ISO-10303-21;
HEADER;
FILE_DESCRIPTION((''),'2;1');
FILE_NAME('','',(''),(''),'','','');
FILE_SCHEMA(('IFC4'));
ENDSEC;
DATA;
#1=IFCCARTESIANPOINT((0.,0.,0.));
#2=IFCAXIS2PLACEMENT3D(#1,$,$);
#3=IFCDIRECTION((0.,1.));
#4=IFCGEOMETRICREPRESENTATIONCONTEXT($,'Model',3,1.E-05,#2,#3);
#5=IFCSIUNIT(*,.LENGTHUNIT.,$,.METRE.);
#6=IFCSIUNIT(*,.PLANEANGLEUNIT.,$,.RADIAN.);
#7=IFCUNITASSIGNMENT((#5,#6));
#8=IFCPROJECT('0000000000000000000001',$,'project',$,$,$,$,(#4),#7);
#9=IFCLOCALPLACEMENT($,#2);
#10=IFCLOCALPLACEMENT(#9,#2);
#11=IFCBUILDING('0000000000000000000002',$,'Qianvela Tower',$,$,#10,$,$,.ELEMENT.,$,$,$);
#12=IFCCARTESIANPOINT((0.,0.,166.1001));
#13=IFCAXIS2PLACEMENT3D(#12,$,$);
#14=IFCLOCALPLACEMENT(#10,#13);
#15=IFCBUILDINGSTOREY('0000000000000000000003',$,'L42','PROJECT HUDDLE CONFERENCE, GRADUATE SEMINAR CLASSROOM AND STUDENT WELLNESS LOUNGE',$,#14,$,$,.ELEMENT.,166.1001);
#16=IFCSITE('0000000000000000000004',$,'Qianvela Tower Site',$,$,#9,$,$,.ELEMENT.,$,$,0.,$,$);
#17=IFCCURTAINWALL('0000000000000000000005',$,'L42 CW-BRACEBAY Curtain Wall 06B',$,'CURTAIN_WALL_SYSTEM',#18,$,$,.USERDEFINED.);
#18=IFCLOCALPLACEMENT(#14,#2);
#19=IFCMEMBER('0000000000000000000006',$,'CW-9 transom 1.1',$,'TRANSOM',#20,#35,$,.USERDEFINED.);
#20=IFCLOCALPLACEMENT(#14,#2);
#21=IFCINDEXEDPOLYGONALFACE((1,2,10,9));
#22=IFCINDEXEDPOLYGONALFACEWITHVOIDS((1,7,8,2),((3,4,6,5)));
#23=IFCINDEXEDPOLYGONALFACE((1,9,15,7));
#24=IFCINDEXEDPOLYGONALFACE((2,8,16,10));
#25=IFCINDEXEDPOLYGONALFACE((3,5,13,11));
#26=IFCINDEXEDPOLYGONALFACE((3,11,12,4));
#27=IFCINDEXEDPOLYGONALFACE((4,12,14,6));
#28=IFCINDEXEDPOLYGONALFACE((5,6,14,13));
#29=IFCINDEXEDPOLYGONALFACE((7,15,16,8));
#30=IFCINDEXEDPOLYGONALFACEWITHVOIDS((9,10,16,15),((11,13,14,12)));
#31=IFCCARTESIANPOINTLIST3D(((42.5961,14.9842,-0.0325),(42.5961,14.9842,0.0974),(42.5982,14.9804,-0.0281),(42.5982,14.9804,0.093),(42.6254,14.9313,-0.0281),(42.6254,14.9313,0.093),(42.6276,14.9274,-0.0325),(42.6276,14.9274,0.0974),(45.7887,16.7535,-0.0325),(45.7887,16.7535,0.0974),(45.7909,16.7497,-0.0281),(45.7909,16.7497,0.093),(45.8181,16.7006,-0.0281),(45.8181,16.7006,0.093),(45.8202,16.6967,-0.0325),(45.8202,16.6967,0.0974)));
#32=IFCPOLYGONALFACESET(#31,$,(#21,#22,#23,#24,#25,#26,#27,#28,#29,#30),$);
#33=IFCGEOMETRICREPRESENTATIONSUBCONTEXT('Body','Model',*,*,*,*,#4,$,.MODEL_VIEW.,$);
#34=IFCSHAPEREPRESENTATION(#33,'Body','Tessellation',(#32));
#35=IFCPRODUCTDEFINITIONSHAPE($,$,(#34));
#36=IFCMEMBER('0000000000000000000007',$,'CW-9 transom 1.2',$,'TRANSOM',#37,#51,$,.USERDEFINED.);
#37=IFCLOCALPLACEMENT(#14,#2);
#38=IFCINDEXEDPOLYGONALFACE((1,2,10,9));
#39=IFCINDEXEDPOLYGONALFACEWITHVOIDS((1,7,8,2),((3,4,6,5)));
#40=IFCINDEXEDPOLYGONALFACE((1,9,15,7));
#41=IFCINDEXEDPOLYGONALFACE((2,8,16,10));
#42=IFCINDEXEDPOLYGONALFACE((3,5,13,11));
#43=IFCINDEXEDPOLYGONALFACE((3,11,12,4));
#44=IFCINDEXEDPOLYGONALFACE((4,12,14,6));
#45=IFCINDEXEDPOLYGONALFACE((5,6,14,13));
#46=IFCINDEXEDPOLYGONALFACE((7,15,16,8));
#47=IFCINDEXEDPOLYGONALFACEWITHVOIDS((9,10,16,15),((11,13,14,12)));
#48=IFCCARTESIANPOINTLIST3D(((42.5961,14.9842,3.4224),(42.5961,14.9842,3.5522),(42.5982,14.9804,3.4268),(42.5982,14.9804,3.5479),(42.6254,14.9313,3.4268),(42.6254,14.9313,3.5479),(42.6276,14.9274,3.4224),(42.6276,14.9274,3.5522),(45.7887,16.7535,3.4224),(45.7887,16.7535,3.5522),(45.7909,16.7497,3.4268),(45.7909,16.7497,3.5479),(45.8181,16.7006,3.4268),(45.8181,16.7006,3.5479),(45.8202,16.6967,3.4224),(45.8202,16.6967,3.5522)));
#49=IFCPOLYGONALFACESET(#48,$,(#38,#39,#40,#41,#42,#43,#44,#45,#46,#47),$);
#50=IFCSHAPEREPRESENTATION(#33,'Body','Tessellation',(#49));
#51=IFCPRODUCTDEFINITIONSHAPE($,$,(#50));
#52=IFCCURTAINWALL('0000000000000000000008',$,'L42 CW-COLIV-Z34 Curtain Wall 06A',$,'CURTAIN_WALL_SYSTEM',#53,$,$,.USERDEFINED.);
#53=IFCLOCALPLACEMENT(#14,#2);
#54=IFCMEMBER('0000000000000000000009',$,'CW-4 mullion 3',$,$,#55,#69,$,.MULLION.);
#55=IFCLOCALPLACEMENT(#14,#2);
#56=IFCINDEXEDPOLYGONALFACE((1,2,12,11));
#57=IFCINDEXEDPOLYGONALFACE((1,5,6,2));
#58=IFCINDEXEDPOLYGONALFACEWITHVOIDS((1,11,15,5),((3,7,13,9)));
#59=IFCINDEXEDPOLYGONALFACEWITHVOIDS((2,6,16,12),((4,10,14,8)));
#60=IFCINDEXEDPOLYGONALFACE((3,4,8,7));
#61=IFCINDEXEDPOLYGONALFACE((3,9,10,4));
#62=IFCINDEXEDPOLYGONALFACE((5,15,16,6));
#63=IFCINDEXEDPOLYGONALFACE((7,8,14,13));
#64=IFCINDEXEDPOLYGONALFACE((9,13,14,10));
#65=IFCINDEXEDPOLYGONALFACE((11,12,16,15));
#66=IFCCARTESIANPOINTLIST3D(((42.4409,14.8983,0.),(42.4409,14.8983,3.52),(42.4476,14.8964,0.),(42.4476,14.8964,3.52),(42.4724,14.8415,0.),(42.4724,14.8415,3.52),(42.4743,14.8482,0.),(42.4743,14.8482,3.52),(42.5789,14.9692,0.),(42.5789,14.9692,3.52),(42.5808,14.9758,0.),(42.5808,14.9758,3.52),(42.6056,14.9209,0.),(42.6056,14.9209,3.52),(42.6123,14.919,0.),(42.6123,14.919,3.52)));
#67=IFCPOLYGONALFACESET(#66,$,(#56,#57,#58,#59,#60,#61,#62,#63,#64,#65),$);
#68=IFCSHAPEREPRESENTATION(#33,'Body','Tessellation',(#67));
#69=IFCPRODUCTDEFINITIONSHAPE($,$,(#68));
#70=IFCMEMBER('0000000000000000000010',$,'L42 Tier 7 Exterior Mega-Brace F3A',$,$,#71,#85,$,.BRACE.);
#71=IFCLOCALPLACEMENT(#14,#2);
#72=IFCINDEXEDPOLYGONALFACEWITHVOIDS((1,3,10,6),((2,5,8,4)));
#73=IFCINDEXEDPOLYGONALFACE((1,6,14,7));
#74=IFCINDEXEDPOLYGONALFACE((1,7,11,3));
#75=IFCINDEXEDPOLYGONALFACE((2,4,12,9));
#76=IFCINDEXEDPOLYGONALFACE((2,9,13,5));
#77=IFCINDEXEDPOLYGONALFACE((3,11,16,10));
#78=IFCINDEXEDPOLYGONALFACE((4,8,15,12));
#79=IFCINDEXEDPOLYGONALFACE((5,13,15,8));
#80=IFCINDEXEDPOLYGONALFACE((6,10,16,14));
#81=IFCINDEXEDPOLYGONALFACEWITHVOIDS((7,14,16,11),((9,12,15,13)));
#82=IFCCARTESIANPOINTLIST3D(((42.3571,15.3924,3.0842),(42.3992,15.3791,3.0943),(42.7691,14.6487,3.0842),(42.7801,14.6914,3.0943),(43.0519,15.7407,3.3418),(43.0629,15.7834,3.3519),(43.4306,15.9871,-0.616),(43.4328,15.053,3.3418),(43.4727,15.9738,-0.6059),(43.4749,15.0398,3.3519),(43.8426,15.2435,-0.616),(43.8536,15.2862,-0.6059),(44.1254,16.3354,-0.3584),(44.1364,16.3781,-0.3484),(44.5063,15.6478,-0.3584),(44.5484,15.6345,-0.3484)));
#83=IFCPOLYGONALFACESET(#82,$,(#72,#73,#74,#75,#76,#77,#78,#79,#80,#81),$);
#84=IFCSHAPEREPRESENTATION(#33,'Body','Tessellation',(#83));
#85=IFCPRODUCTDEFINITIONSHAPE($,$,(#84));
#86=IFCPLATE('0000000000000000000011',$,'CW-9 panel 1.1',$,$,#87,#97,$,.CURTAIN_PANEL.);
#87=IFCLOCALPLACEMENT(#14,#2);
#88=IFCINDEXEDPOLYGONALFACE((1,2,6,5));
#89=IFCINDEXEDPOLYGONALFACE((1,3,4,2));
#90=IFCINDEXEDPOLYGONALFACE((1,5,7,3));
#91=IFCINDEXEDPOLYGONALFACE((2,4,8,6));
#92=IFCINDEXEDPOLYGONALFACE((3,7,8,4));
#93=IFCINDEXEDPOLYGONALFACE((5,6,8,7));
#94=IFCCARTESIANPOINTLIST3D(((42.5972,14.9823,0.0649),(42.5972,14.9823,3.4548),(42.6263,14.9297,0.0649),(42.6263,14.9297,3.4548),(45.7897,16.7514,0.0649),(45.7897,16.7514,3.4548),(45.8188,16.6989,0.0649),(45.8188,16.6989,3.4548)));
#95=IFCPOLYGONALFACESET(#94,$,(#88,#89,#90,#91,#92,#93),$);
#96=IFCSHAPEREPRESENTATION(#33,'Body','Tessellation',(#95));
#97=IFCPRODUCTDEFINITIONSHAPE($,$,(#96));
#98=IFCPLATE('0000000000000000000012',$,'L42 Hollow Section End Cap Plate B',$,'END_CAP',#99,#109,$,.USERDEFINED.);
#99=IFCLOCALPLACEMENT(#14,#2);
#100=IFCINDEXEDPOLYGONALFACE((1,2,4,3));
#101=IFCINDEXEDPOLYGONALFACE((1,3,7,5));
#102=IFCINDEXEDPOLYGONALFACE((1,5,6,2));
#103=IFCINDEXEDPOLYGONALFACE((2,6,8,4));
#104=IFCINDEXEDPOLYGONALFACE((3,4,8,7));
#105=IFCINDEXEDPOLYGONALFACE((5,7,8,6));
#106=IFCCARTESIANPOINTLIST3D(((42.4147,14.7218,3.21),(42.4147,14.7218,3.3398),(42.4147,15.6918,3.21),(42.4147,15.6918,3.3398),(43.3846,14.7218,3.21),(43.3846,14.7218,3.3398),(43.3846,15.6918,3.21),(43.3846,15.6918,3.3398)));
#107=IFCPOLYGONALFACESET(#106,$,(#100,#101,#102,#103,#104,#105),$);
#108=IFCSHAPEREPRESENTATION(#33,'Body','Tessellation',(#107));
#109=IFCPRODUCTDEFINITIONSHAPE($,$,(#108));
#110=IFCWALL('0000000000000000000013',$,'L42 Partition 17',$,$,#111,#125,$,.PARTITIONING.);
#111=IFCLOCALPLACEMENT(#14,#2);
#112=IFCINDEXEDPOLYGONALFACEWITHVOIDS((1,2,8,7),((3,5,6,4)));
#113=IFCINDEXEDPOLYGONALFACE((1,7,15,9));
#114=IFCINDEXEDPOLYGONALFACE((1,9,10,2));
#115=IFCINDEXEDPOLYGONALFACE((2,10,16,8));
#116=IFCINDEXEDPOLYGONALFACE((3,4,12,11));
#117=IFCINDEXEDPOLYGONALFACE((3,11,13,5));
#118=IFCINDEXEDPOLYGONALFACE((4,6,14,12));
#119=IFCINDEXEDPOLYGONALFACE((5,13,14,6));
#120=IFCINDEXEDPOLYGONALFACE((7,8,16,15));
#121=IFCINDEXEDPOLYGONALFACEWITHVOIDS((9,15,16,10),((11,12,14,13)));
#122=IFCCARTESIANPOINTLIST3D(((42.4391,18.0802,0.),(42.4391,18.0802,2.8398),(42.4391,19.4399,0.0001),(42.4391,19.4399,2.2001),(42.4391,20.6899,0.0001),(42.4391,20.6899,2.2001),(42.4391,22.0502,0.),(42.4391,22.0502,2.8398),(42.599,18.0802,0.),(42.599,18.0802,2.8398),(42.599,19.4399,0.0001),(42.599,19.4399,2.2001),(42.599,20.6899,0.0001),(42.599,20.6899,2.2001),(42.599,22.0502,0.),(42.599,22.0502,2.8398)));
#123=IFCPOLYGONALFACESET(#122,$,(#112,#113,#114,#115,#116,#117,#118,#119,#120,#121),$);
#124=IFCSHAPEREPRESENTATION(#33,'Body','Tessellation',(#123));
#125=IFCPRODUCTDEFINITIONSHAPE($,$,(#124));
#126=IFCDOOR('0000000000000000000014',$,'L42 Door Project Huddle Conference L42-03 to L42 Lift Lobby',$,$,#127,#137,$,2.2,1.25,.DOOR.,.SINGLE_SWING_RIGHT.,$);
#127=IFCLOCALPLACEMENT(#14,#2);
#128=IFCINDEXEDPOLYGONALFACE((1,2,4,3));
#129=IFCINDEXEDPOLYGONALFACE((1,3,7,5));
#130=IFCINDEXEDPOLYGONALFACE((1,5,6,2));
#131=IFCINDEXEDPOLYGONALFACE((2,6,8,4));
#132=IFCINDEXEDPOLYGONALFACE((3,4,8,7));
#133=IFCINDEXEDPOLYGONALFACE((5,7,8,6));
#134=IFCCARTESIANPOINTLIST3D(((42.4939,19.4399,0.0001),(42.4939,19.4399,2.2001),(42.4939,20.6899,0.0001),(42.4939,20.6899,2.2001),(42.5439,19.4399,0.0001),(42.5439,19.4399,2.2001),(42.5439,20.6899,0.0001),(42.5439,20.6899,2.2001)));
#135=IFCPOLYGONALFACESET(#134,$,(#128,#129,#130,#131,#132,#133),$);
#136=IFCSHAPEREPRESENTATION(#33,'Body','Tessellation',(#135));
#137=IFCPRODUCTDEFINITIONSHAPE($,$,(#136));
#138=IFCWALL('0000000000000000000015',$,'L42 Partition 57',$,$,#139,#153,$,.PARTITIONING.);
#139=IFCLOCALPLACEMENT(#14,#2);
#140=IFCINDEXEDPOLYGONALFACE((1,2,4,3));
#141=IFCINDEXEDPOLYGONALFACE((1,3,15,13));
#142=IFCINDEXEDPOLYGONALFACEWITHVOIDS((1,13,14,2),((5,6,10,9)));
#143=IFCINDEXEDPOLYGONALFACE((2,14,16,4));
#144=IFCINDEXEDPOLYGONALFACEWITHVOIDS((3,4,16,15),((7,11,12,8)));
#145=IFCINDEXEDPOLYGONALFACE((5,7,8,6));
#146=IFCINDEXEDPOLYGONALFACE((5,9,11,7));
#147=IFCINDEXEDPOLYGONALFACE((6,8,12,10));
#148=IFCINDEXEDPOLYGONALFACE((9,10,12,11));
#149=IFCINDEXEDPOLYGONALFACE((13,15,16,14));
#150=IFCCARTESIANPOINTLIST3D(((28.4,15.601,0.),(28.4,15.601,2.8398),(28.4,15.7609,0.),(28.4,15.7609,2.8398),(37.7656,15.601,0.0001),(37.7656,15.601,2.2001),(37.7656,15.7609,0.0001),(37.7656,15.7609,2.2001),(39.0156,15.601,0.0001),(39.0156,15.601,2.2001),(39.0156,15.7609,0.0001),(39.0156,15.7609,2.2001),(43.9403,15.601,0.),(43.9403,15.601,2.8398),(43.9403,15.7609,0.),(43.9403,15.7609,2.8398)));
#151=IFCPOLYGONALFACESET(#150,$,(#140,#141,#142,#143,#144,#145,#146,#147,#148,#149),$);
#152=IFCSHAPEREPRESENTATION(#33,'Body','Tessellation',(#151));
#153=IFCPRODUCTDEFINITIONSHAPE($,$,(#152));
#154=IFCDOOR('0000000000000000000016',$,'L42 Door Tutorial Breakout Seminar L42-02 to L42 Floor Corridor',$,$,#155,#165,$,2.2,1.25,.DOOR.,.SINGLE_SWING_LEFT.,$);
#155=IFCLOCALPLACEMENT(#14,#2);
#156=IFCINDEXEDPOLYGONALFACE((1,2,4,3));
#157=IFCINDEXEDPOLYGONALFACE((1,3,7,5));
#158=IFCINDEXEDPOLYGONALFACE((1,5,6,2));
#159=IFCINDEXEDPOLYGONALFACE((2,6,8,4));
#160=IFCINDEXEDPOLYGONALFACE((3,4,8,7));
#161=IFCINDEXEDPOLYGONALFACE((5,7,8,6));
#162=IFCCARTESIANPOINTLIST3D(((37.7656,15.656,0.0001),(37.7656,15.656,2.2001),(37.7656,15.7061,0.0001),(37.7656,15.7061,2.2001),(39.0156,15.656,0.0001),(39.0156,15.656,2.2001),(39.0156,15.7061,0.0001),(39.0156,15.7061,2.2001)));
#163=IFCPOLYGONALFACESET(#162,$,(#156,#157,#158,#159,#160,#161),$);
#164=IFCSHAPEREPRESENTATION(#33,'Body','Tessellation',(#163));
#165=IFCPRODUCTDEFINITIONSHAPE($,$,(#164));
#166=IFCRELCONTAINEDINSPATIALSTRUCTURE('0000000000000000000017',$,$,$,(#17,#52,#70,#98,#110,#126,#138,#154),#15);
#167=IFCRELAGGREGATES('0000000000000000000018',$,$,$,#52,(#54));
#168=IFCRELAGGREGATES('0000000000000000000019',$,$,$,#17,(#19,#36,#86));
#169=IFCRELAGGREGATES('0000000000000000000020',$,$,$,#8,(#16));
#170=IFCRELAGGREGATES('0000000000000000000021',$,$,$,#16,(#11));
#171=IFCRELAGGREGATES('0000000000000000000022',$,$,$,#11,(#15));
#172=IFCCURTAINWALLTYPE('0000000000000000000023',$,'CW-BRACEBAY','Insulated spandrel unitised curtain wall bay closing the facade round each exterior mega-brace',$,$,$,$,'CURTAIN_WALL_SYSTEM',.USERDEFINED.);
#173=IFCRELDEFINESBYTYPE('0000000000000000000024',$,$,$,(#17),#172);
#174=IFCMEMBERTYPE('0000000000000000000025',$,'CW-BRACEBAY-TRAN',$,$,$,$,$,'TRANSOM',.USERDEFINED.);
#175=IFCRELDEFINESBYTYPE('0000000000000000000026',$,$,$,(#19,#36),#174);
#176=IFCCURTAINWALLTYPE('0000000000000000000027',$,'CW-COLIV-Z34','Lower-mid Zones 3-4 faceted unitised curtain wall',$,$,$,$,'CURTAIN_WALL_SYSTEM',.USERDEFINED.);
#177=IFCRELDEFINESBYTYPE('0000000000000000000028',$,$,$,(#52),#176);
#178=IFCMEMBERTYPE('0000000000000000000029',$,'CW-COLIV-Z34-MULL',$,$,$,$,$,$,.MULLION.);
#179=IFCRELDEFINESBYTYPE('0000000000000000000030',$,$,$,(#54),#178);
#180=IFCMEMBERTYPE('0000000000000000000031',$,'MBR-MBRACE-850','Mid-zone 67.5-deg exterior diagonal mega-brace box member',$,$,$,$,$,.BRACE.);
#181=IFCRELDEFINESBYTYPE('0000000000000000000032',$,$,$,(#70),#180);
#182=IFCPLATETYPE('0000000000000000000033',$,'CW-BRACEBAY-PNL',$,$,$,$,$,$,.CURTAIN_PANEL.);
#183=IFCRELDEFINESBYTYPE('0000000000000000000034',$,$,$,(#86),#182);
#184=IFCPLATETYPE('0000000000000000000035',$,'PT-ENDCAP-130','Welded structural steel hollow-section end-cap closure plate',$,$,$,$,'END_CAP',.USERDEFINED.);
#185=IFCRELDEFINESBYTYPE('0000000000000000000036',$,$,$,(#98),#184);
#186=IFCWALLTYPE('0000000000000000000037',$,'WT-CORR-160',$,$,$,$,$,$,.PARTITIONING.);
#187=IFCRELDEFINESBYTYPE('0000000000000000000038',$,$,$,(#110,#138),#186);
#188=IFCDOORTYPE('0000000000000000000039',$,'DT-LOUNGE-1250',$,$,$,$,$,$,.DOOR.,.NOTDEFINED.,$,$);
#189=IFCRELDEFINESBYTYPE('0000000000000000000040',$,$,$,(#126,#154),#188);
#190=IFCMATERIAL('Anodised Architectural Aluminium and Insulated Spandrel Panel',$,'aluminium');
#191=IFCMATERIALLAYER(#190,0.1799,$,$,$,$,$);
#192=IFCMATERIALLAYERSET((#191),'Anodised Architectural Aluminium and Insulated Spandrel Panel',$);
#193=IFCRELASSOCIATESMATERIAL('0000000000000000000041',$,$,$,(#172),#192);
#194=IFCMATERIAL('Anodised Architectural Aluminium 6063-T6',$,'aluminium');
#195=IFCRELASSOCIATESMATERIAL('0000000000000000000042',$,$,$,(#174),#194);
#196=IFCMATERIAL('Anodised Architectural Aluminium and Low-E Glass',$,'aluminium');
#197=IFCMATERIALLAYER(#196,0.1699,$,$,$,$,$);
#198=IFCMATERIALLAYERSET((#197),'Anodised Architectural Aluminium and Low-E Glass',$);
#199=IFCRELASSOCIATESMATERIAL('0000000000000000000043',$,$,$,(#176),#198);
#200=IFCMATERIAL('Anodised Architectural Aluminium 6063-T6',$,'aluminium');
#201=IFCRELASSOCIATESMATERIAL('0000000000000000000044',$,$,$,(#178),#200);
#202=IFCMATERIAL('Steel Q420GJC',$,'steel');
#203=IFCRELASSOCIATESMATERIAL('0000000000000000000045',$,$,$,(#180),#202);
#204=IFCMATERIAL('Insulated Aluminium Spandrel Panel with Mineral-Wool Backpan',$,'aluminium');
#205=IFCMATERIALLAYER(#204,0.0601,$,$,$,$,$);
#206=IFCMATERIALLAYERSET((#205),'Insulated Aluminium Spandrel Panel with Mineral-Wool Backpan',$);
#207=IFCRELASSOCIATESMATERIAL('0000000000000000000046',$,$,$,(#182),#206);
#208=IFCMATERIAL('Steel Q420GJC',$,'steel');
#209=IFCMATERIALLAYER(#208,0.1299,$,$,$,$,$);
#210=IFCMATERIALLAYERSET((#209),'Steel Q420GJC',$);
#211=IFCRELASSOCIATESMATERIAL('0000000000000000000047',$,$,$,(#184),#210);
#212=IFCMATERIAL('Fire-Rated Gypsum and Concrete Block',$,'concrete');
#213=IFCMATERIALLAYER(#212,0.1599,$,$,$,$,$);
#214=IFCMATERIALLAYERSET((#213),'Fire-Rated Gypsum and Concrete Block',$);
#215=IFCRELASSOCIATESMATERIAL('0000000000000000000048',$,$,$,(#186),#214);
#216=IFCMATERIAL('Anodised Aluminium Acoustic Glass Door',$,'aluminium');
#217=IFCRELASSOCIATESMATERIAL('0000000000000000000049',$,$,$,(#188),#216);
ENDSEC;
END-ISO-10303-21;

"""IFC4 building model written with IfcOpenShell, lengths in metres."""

from ifc_helpers import new_model, si_unit, direction, frame, frame_2d, origin, origin_2d, place, context, subcontext, project, spatial, rectangle, hollow_rectangle, extrude, material, layer, layer_set, material_profile, profile_set, type_object, element, fill, aggregate, save


model = new_model("IFC4")

# Units and contexts
model_context = context("Model", 3, precision=1e-05, world=origin(), true_north=direction((0.0, 1.0)))
body_context = subcontext(model_context, "Body", "Model", "MODEL_VIEW")
ifc_project = project(units=[si_unit("LENGTHUNIT", "METRE"), si_unit("PLANEANGLEUNIT", "RADIAN")], contexts=[model_context])

# Site, building, storey
site_placement = place(None, origin())
site = spatial("IfcSite", under=ifc_project, at=site_placement, Name="Qianvela Tower Site", CompositionType="ELEMENT", RefElevation=0.0)
building_placement = place(site_placement, origin())
building = spatial("IfcBuilding", under=site, at=building_placement, Name="Qianvela Tower", CompositionType="ELEMENT")
storey_placement = place(building_placement, frame((0.0, 0.0, 166.1001)))
storey = spatial("IfcBuildingStorey", under=building, at=storey_placement, Name="L42", Description="PROJECT HUDDLE CONFERENCE, GRADUATE SEMINAR CLASSROOM AND STUDENT WELLNESS LOUNGE", CompositionType="ELEMENT", Elevation=166.1001)

# Curtain wall, members
ifc_material_1 = material(Name="Anodised Architectural Aluminium and Insulated Spandrel Panel", Category="aluminium")
ifc_layer_1 = layer(ifc_material_1, 0.1799)
ifc_layer_set_1 = layer_set([ifc_layer_1], Name="Anodised Architectural Aluminium and Insulated Spandrel Panel")
curtain_wall_type_1 = type_object("IfcCurtainWallType", Name="CW-BRACEBAY", Description="Insulated spandrel unitised curtain wall bay closing the facade round each exterior mega-brace", ElementType="CURTAIN_WALL_SYSTEM", PredefinedType="USERDEFINED", material=ifc_layer_set_1)
curtain_wall_1_placement = place(storey_placement, origin())
curtain_wall_1 = element("IfcCurtainWall", 1, at=curtain_wall_1_placement, inside=storey, type_object=curtain_wall_type_1, Name="L42 CW-BRACEBAY Curtain Wall 06B", ObjectType="CURTAIN_WALL_SYSTEM", PredefinedType="USERDEFINED")
ifc_material_2 = material(Name="Anodised Architectural Aluminium 6063-T6", Category="aluminium")
ifc_material_profile_1 = material_profile(ifc_material_2, hollow_rectangle(XDim=0.0649, YDim=0.1299, WallThickness=0.0044, at=origin_2d()), Name="ALU-TRAN-65x130")
ifc_profile_set_1 = profile_set([ifc_material_profile_1], Name="Anodised Architectural Aluminium 6063-T6")
member_type_1 = type_object("IfcMemberType", Name="CW-BRACEBAY-TRAN", ElementType="TRANSOM", PredefinedType="USERDEFINED", material=ifc_profile_set_1)
member_1_placement = place(storey_placement, frame((42.6118, 14.9558, 0.0325), z_axis=(0.874668, 0.484723, 0.0), x_axis=(-0.484723, 0.874668, 0.0)))
member_1 = element("IfcMember", 2, at=member_1_placement, type_object=member_type_1, Name="CW-9 transom 1.1", ObjectType="TRANSOM", PredefinedType="USERDEFINED", context=body_context, shape_type="SweptSolid", body=[
    extrude(hollow_rectangle(XDim=0.0649, YDim=0.1299, WallThickness=0.0044, at=origin_2d()), origin(), (0.0, 0.0, 1.0), 3.6501),
])
member_2_placement = place(storey_placement, frame((42.6118, 14.9558, 3.4873), z_axis=(0.874668, 0.484723, 0.0), x_axis=(-0.484723, 0.874668, 0.0)))
member_2 = element("IfcMember", 3, at=member_2_placement, type_object=member_type_1, Name="CW-9 transom 1.2", ObjectType="TRANSOM", PredefinedType="USERDEFINED", context=body_context, shape_type="SweptSolid", body=[
    extrude(hollow_rectangle(XDim=0.0649, YDim=0.1299, WallThickness=0.0044, at=origin_2d()), origin(), (0.0, 0.0, 1.0), 3.6501),
])

# Curtain wall, member
ifc_material_3 = material(Name="Anodised Architectural Aluminium and Low-E Glass", Category="aluminium")
ifc_layer_2 = layer(ifc_material_3, 0.1699)
ifc_layer_set_2 = layer_set([ifc_layer_2], Name="Anodised Architectural Aluminium and Low-E Glass")
curtain_wall_type_2 = type_object("IfcCurtainWallType", Name="CW-COLIV-Z34", Description="Lower-mid Zones 3-4 faceted unitised curtain wall", ElementType="CURTAIN_WALL_SYSTEM", PredefinedType="USERDEFINED", material=ifc_layer_set_2)
curtain_wall_2_placement = place(storey_placement, origin())
curtain_wall_2 = element("IfcCurtainWall", 4, at=curtain_wall_2_placement, inside=storey, type_object=curtain_wall_type_2, Name="L42 CW-COLIV-Z34 Curtain Wall 06A", ObjectType="CURTAIN_WALL_SYSTEM", PredefinedType="USERDEFINED")
ifc_material_4 = material(Name="Anodised Architectural Aluminium 6063-T6", Category="aluminium")
ifc_material_profile_2 = material_profile(ifc_material_4, hollow_rectangle(XDim=0.0649, YDim=0.1599, WallThickness=0.0049, at=origin_2d()), Name="ALU-MULL-65x160")
ifc_profile_set_2 = profile_set([ifc_material_profile_2], Name="Anodised Architectural Aluminium 6063-T6")
member_type_2 = type_object("IfcMemberType", Name="CW-COLIV-Z34-MULL", PredefinedType="MULLION", material=ifc_profile_set_2)
member_3_placement = place(storey_placement, frame((42.5266, 14.9087, 0.0), z_axis=(0.0, 0.0, 1.0), x_axis=(-0.484703, 0.874679, 0.0)))
member_3 = element("IfcMember", 5, at=member_3_placement, type_object=member_type_2, Name="CW-4 mullion 3", PredefinedType="MULLION", context=body_context, shape_type="SweptSolid", body=[
    extrude(hollow_rectangle(XDim=0.0649, YDim=0.1599, WallThickness=0.0049, at=origin_2d()), origin(), (0.0, 0.0, 1.0), 3.52),
])
aggregate(curtain_wall_2, [member_3])

# Member
ifc_material_5 = material(Name="Steel Q420GJC", Category="steel")
ifc_material_profile_3 = material_profile(ifc_material_5, hollow_rectangle(XDim=0.8501, YDim=0.8501, WallThickness=0.032, at=origin_2d()), Name="MBOX-850x850x32")
ifc_profile_set_3 = profile_set([ifc_material_profile_3], Name="Steel Q420GJC")
member_type_3 = type_object("IfcMemberType", Name="MBR-MBRACE-850", Description="Mid-zone 67.5-deg exterior diagonal mega-brace box member", PredefinedType="BRACE", material=ifc_profile_set_3)
member_4_placement = place(storey_placement, frame((43.9895, 15.8108, -0.4822), z_axis=(-0.275366, -0.152557, 0.949158), x_axis=(0.484612, -0.874729, 0.0)))
element("IfcMember", 6, at=member_4_placement, inside=storey, type_object=member_type_3, Name="L42 Tier 7 Exterior Mega-Brace F3A", PredefinedType="BRACE", context=body_context, shape_type="SweptSolid", body=[
    extrude(hollow_rectangle(XDim=0.8501, YDim=0.8501, WallThickness=0.032, at=origin_2d()), origin(), (0.0, 0.0, 1.0), 3.8984),
])

# Plates
ifc_material_6 = material(Name="Insulated Aluminium Spandrel Panel with Mineral-Wool Backpan", Category="aluminium")
ifc_layer_3 = layer(ifc_material_6, 0.0601)
ifc_layer_set_3 = layer_set([ifc_layer_3], Name="Insulated Aluminium Spandrel Panel with Mineral-Wool Backpan")
plate_type_1 = type_object("IfcPlateType", Name="CW-BRACEBAY-PNL", PredefinedType="CURTAIN_PANEL", material=ifc_layer_set_3)
plate_1_placement = place(storey_placement, frame((44.208, 15.8406, 0.0649), z_axis=(0.0, 0.0, 1.0), x_axis=(0.874671, 0.484717, 0.0)))
plate_1 = element("IfcPlate", 7, at=plate_1_placement, type_object=plate_type_1, Name="CW-9 panel 1.1", PredefinedType="CURTAIN_PANEL", context=body_context, shape_type="SweptSolid", body=[
    extrude(rectangle(XDim=3.6499, YDim=0.0601, at=origin_2d()), origin(), (0.0, 0.0, 1.0), 3.3899),
])
aggregate(curtain_wall_1, [member_1, member_2, plate_1])
ifc_material_7 = material(Name="Steel Q420GJC", Category="steel")
ifc_layer_4 = layer(ifc_material_7, 0.1299)
ifc_layer_set_4 = layer_set([ifc_layer_4], Name="Steel Q420GJC")
plate_type_2 = type_object("IfcPlateType", Name="PT-ENDCAP-130", Description="Welded structural steel hollow-section end-cap closure plate", ElementType="END_CAP", PredefinedType="USERDEFINED", material=ifc_layer_set_4)
plate_2_placement = place(storey_placement, frame((42.8997, 15.2068, 3.21), z_axis=(0.0, 0.0, 1.0), x_axis=(1.0, 0.0, 0.0)))
element("IfcPlate", 8, at=plate_2_placement, inside=storey, type_object=plate_type_2, Name="L42 Hollow Section End Cap Plate B", ObjectType="END_CAP", PredefinedType="USERDEFINED", context=body_context, shape_type="SweptSolid", body=[
    extrude(rectangle(XDim=0.97, YDim=0.97, at=origin_2d()), origin(), (0.0, 0.0, 1.0), 0.1299),
])

# Walls, openings, doors
ifc_material_8 = material(Name="Fire-Rated Gypsum and Concrete Block", Category="concrete")
ifc_layer_5 = layer(ifc_material_8, 0.1599)
ifc_layer_set_5 = layer_set([ifc_layer_5], Name="Fire-Rated Gypsum and Concrete Block")
wall_type_1 = type_object("IfcWallType", Name="WT-CORR-160", PredefinedType="PARTITIONING", material=ifc_layer_set_5)
wall_1_placement = place(storey_placement, frame((42.519, 22.05, 0.0), z_axis=(0.0, 0.0, 1.0), x_axis=(0.0, -1.0, 0.0)))
wall_1 = element("IfcWall", 9, at=wall_1_placement, inside=storey, type_object=wall_type_1, Name="L42 Partition 17", PredefinedType="PARTITIONING", context=body_context, shape_type="SweptSolid", body=[
    extrude(rectangle(XDim=3.97, YDim=0.1599, at=frame_2d((1.9849, 0.0))), origin(), (0.0, 0.0, 1.0), 2.8398),
])
opening_1_placement = place(wall_1_placement, frame((1.3601, 0.0, 0.0)))
opening_1 = element("IfcOpeningElement", 10, at=opening_1_placement, cuts=wall_1, PredefinedType="OPENING", context=body_context, shape_type="SweptSolid", body=[
    extrude(rectangle(XDim=1.25, YDim=2.2, at=frame_2d((0.625, 1.1001))), frame((0.0, 0.0898, 0.0), z_axis=(0.0, -1.0, 0.0), x_axis=(1.0, 0.0, 0.0)), (0.0, 0.0, 1.0), 0.1799),
])
ifc_material_9 = material(Name="Anodised Aluminium Acoustic Glass Door", Category="aluminium")
door_type_1 = type_object("IfcDoorType", Name="DT-LOUNGE-1250", OperationType="NOTDEFINED", PredefinedType="DOOR", material=ifc_material_9)
door_1_placement = place(opening_1_placement, origin())
door_1 = element("IfcDoor", 11, at=door_1_placement, inside=storey, type_object=door_type_1, Name="L42 Door Project Huddle Conference L42-03 to L42 Lift Lobby", OperationType="SINGLE_SWING_RIGHT", OverallHeight=2.2, OverallWidth=1.25, PredefinedType="DOOR", context=body_context, shape_type="SweptSolid", body=[
    extrude(rectangle(XDim=1.25, YDim=2.2, at=frame_2d((0.625, 1.1001))), frame((0.0, 0.0249, 0.0), z_axis=(0.0, -1.0, 0.0), x_axis=(1.0, 0.0, 0.0)), (0.0, 0.0, 1.0), 0.05),
])
fill(opening_1, door_1)
wall_2_placement = place(storey_placement, frame((43.9402, 15.6809, 0.0), z_axis=(0.0, 0.0, 1.0), x_axis=(-1.0, 0.0, 0.0)))
wall_2 = element("IfcWall", 12, at=wall_2_placement, inside=storey, type_object=wall_type_1, Name="L42 Partition 57", PredefinedType="PARTITIONING", context=body_context, shape_type="SweptSolid", body=[
    extrude(rectangle(XDim=15.5403, YDim=0.1599, at=frame_2d((7.77, 0.0))), origin(), (0.0, 0.0, 1.0), 2.8398),
])
opening_2_placement = place(wall_2_placement, frame((4.9246, 0.0, 0.0)))
opening_2 = element("IfcOpeningElement", 13, at=opening_2_placement, cuts=wall_2, PredefinedType="OPENING", context=body_context, shape_type="SweptSolid", body=[
    extrude(rectangle(XDim=1.25, YDim=2.2, at=frame_2d((0.625, 1.1001))), frame((0.0, 0.0898, 0.0), z_axis=(0.0, -1.0, 0.0), x_axis=(1.0, 0.0, 0.0)), (0.0, 0.0, 1.0), 0.1799),
])
door_2_placement = place(opening_2_placement, origin())
door_2 = element("IfcDoor", 14, at=door_2_placement, inside=storey, type_object=door_type_1, Name="L42 Door Tutorial Breakout Seminar L42-02 to L42 Floor Corridor", OperationType="SINGLE_SWING_LEFT", OverallHeight=2.2, OverallWidth=1.25, PredefinedType="DOOR", context=body_context, shape_type="SweptSolid", body=[
    extrude(rectangle(XDim=1.25, YDim=2.2, at=frame_2d((0.625, 1.1001))), frame((0.0, 0.0249, 0.0), z_axis=(0.0, -1.0, 0.0), x_axis=(1.0, 0.0, 0.0)), (0.0, 0.0, 1.0), 0.05),
])
fill(opening_2, door_2)

save(model, "model.ifc")
